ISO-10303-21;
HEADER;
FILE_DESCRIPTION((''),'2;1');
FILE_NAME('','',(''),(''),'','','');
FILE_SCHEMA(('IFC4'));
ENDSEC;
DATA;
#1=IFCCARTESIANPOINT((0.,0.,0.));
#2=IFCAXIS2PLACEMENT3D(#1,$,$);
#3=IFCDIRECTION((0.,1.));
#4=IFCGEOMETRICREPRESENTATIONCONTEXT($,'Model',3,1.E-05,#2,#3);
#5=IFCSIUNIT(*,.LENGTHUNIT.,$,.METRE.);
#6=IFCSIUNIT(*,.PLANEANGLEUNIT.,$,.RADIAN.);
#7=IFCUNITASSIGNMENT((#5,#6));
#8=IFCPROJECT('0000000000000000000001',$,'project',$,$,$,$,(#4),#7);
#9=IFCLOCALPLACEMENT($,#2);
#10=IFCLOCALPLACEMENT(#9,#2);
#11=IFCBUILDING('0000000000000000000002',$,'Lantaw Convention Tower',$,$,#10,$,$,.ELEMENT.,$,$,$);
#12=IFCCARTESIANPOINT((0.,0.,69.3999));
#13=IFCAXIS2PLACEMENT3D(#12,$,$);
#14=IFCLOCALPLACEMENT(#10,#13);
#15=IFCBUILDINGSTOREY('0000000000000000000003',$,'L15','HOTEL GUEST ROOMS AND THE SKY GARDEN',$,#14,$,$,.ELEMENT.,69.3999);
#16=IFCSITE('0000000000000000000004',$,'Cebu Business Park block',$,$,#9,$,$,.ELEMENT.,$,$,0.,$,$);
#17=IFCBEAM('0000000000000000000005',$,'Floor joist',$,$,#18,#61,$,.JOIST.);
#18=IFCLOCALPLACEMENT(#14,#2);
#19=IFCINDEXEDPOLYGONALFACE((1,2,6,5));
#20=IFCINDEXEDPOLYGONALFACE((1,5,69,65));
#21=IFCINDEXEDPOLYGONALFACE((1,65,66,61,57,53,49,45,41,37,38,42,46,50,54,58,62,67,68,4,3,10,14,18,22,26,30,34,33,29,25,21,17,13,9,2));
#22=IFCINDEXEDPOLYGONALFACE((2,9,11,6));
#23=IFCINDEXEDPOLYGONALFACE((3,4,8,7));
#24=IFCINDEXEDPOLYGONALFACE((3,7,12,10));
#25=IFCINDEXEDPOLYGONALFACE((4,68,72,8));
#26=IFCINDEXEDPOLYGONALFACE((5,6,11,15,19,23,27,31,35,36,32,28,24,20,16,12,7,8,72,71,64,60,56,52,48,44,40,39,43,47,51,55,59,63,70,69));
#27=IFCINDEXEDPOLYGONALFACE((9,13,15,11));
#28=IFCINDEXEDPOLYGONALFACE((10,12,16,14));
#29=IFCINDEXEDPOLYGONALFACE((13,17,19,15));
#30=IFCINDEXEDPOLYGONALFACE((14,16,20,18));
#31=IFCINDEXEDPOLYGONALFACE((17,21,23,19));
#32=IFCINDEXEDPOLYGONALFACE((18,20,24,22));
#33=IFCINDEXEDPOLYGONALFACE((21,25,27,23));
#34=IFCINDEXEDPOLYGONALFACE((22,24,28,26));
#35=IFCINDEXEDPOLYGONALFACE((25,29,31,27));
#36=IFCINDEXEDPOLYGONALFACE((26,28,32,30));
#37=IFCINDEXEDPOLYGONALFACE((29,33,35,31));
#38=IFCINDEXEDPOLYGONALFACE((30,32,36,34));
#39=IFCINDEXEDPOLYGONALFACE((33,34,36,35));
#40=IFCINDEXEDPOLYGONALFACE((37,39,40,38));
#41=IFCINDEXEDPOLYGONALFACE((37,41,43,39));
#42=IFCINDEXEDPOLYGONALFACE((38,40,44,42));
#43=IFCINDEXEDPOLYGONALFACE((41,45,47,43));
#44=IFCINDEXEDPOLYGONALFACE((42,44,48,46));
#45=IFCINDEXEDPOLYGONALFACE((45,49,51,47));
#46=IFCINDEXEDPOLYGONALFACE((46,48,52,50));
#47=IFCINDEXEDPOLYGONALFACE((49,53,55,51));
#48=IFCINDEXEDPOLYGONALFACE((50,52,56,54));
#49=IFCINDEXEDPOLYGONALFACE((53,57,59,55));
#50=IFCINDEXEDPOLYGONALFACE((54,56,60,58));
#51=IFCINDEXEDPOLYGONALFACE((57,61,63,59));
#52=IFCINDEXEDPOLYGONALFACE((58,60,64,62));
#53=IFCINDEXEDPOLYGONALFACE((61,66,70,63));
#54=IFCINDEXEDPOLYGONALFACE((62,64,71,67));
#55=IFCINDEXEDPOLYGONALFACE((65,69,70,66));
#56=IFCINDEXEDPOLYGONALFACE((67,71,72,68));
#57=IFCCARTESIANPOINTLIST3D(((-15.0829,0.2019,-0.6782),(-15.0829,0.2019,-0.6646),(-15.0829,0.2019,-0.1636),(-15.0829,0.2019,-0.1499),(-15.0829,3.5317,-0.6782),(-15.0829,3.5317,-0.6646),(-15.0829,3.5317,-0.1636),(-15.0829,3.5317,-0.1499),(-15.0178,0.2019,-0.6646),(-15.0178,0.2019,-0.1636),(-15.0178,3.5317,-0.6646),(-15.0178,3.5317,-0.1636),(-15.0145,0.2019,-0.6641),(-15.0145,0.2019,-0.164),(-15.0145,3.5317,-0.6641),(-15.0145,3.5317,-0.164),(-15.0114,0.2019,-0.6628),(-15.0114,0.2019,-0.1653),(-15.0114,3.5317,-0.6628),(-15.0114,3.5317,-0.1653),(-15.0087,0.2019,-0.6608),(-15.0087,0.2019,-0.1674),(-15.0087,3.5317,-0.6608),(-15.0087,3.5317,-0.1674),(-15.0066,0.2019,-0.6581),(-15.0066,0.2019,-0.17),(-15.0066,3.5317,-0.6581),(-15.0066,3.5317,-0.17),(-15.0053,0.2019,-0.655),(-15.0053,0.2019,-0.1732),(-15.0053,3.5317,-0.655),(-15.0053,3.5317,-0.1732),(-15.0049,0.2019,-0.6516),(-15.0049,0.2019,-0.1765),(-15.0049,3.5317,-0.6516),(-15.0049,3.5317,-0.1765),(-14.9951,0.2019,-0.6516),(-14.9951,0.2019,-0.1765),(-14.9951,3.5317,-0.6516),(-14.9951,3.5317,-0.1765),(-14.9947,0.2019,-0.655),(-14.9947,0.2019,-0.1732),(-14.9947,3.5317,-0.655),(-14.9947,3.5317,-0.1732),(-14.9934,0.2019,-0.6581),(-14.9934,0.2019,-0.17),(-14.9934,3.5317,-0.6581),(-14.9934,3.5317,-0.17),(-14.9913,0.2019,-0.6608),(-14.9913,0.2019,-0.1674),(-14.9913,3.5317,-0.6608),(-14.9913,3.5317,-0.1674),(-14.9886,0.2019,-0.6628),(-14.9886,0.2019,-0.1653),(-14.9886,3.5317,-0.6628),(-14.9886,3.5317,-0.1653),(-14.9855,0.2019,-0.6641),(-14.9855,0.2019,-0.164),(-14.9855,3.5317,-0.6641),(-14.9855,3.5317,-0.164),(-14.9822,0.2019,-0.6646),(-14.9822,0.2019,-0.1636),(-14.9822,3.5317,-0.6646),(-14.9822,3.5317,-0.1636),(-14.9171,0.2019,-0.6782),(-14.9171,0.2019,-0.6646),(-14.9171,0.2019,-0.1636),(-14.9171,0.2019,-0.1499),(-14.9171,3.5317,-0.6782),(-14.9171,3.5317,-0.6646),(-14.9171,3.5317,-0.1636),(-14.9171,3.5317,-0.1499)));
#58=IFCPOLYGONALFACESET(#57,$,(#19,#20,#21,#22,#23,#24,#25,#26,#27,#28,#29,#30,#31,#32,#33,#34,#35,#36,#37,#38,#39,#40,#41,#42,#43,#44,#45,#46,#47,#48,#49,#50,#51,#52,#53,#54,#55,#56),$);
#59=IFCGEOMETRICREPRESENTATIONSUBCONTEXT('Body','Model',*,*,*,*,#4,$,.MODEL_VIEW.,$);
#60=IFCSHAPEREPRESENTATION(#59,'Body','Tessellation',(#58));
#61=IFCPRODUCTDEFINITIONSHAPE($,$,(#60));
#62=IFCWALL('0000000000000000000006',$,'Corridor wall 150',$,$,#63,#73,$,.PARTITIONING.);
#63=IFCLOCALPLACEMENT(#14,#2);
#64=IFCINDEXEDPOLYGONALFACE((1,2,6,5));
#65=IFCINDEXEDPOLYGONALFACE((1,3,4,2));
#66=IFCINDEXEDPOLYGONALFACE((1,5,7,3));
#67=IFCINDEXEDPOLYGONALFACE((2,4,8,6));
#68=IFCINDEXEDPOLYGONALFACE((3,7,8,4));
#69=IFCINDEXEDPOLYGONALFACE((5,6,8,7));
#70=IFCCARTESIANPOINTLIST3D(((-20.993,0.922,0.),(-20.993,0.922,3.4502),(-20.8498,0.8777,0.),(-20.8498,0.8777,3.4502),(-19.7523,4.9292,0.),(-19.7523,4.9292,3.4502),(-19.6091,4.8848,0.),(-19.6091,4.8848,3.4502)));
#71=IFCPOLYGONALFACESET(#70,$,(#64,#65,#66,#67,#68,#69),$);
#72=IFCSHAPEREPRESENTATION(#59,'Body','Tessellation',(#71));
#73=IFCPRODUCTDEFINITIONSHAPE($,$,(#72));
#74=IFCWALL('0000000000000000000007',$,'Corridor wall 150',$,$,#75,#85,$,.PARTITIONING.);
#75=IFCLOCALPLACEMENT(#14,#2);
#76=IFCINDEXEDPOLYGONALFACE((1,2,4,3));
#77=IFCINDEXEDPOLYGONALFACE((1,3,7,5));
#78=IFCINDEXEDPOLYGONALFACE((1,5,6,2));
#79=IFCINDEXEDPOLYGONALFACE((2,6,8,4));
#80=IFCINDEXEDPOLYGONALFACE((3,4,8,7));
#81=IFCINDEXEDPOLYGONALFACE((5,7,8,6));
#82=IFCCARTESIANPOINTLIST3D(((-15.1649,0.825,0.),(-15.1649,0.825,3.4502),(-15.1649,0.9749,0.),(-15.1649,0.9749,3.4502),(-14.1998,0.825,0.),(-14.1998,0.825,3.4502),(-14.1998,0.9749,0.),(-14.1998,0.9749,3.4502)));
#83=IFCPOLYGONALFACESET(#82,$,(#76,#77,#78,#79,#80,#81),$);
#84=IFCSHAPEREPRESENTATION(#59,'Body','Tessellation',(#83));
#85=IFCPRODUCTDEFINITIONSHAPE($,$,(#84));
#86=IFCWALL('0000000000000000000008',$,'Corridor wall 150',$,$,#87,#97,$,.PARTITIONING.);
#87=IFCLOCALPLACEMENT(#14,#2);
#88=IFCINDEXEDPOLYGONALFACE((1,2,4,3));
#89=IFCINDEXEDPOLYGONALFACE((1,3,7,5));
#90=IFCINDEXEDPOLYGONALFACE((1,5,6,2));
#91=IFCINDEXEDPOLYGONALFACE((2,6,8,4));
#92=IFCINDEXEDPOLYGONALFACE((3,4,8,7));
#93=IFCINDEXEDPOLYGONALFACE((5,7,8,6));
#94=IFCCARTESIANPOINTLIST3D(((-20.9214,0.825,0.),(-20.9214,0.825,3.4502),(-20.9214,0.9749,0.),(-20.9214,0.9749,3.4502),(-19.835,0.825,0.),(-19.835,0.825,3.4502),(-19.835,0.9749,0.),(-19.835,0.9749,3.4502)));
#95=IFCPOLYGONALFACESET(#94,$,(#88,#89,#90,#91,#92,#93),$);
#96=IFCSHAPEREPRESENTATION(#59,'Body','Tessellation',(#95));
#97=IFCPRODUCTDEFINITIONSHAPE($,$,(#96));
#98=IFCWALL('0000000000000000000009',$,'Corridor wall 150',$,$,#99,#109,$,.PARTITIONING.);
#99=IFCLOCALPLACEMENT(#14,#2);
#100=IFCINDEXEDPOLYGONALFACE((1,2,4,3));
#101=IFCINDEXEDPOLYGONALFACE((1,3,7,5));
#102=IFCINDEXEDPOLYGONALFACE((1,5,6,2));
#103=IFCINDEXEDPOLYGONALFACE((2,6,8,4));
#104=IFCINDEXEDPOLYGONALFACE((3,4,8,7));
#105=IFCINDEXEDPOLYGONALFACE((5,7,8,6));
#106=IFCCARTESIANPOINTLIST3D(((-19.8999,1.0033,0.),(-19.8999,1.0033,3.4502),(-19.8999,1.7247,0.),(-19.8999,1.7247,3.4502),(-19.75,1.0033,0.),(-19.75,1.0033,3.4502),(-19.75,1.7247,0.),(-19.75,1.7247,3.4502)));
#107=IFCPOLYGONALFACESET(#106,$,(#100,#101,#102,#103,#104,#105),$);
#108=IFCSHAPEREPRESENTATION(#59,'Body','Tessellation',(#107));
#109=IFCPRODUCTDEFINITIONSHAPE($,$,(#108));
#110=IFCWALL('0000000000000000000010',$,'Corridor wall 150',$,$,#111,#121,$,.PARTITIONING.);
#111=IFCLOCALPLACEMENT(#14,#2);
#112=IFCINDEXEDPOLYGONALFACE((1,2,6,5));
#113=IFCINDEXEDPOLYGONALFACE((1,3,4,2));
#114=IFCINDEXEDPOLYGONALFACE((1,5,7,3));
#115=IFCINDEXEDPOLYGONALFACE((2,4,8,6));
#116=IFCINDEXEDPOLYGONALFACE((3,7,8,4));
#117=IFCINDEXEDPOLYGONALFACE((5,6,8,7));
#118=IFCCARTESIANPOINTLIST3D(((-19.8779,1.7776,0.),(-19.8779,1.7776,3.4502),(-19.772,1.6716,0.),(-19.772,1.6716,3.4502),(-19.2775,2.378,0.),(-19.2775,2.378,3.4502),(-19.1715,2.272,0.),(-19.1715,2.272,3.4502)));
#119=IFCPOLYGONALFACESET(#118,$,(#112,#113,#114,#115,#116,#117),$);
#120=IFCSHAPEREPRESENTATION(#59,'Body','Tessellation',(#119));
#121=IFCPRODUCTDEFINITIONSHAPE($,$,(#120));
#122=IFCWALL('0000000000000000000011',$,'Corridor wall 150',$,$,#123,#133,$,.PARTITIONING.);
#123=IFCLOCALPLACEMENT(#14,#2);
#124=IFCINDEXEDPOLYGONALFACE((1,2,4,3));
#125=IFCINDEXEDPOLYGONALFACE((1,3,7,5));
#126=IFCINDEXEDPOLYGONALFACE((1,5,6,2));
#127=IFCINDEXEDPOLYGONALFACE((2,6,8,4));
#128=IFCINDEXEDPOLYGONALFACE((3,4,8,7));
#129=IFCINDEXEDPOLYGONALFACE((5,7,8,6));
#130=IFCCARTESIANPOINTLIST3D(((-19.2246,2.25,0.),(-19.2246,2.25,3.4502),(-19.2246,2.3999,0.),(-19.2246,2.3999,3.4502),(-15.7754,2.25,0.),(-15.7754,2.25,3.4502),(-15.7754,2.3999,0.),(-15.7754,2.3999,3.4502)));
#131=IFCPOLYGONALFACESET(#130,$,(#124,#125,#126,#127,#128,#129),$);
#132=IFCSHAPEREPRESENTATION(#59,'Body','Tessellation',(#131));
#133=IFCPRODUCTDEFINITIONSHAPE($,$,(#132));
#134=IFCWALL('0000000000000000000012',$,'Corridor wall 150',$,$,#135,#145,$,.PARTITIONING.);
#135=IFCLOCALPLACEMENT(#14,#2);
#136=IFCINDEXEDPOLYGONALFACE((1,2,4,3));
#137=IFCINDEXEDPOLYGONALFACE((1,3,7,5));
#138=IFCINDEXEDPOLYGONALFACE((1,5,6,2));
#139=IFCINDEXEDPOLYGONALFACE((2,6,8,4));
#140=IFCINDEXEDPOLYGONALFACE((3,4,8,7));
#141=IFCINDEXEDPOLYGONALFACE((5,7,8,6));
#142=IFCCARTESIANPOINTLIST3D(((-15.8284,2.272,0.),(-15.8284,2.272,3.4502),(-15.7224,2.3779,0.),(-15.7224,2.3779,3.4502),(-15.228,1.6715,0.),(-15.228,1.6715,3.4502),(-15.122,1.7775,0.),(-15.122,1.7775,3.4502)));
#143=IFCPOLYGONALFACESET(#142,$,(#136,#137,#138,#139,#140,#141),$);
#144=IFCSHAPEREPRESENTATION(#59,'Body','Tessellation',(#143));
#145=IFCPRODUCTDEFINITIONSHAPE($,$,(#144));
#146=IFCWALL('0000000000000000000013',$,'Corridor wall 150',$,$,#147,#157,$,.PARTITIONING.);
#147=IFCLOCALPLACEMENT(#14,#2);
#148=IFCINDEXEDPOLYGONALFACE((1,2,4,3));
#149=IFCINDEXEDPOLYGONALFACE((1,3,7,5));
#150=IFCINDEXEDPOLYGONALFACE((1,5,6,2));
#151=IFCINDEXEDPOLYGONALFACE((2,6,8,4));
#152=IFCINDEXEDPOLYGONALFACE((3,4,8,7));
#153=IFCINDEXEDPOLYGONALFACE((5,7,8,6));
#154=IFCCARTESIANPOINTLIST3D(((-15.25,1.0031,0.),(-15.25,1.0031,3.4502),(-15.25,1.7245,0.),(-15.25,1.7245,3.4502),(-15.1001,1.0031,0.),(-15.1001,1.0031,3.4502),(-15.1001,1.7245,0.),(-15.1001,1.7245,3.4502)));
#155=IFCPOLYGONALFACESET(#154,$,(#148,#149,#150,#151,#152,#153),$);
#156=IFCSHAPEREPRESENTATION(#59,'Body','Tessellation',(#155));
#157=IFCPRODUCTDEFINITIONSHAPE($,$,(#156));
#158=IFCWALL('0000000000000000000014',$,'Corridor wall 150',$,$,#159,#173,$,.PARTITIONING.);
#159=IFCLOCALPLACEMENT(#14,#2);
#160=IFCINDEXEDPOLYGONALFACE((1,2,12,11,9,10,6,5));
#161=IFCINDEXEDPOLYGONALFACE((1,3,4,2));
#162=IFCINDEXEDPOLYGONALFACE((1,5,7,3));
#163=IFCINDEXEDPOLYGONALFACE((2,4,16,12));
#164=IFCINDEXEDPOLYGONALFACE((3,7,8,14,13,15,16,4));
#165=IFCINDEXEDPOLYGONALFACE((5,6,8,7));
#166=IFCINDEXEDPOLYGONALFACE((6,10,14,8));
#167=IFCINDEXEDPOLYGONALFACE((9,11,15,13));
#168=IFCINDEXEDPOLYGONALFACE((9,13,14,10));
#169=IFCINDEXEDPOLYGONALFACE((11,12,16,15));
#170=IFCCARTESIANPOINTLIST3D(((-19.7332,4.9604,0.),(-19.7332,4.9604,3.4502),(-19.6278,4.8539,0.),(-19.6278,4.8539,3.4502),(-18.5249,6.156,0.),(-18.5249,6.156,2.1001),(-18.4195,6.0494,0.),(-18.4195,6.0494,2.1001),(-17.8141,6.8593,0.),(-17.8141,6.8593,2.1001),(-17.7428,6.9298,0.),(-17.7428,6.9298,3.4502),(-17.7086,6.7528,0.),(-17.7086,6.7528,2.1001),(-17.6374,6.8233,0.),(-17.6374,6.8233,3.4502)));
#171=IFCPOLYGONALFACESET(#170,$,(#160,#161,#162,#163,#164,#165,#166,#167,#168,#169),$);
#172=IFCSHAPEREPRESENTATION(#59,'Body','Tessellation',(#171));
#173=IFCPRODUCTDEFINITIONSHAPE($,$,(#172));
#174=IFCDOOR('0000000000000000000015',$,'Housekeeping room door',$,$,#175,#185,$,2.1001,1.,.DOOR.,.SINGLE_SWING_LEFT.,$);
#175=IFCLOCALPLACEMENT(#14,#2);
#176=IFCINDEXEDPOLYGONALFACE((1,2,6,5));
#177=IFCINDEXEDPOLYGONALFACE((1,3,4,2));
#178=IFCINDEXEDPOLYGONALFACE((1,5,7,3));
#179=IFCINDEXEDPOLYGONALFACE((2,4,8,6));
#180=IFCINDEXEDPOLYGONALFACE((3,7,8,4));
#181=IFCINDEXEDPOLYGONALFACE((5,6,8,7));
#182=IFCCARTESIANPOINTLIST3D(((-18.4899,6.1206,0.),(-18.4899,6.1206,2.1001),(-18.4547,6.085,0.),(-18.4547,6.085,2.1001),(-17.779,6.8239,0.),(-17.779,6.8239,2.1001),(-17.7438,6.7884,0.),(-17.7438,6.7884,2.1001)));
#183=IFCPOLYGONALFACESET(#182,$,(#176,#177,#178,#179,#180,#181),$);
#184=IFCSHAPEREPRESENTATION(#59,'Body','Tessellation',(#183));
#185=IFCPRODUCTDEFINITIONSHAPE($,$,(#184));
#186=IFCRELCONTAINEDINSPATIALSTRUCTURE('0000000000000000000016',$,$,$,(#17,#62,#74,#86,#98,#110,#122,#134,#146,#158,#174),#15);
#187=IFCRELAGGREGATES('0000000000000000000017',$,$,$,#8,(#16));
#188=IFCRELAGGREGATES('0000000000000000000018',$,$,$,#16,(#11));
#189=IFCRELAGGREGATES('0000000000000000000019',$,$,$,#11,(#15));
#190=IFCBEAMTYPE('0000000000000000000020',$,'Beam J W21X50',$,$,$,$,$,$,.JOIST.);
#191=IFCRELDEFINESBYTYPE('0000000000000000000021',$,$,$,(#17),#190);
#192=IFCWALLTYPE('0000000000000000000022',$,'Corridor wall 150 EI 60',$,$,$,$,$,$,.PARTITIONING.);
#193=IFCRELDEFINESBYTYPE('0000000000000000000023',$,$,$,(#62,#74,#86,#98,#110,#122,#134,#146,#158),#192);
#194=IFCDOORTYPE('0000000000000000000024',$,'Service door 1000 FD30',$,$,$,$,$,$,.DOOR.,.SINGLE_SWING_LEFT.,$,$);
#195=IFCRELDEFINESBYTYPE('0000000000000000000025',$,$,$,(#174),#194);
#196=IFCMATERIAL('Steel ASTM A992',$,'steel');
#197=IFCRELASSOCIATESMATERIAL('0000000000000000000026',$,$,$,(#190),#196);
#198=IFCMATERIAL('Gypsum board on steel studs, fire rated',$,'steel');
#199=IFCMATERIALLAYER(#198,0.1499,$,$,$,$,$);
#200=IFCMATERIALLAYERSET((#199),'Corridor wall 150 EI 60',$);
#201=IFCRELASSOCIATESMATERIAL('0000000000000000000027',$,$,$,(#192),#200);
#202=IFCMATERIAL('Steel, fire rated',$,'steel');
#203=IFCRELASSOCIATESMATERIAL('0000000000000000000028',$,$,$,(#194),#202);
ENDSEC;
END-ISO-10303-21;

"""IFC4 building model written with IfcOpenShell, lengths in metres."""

from ifc_helpers import new_model, si_unit, direction, frame, frame_2d, origin, origin_2d, place, context, subcontext, project, spatial, rectangle, i_section, extrude, material, layer, layer_set, material_profile, profile_set, type_object, element, fill, save


model = new_model("IFC4")

# Units and contexts
model_context = context("Model", 3, precision=1e-05, world=origin(), true_north=direction((0.0, 1.0)))
body_context = subcontext(model_context, "Body", "Model", "MODEL_VIEW")
ifc_project = project(units=[si_unit("LENGTHUNIT", "METRE"), si_unit("PLANEANGLEUNIT", "RADIAN")], contexts=[model_context])

# Site, building, storey
site_placement = place(None, origin())
site = spatial("IfcSite", under=ifc_project, at=site_placement, Name="Cebu Business Park block", CompositionType="ELEMENT", RefElevation=0.0)
building_placement = place(site_placement, origin())
building = spatial("IfcBuilding", under=site, at=building_placement, Name="Lantaw Convention Tower", CompositionType="ELEMENT")
storey_placement = place(building_placement, frame((0.0, 0.0, 69.3999)))
storey = spatial("IfcBuildingStorey", under=building, at=storey_placement, Name="L15", Description="HOTEL GUEST ROOMS AND THE SKY GARDEN", CompositionType="ELEMENT", Elevation=69.3999)

# Beam
ifc_material_1 = material(Name="Steel ASTM A992", Category="steel")
ifc_material_profile_1 = material_profile(ifc_material_1, i_section(OverallWidth=0.1658, OverallDepth=0.5283, WebThickness=0.0098, FlangeThickness=0.0137, FilletRadius=0.0129, at=origin_2d()), Name="W21X50")
ifc_profile_set_1 = profile_set([ifc_material_profile_1], Name="Steel ASTM A992")
beam_type_1 = type_object("IfcBeamType", Name="Beam J W21X50", PredefinedType="JOIST", material=ifc_profile_set_1)
beam_1_placement = place(storey_placement, frame((-15.0, 0.2019, -0.4141), z_axis=(0.0, 1.0, 0.0), x_axis=(-1.0, 0.0, 0.0)))
element("IfcBeam", 1, at=beam_1_placement, inside=storey, type_object=beam_type_1, Name="Floor joist", PredefinedType="JOIST", context=body_context, shape_type="SweptSolid", body=[
    extrude(i_section(OverallWidth=0.1658, OverallDepth=0.5283, WebThickness=0.0098, FlangeThickness=0.0137, FilletRadius=0.0129, at=origin_2d()), origin(), (0.0, 0.0, 1.0), 3.3298),
])

# Walls
ifc_material_2 = material(Name="Gypsum board on steel studs, fire rated", Category="steel")
ifc_layer_1 = layer(ifc_material_2, 0.1499)
ifc_layer_set_1 = layer_set([ifc_layer_1], Name="Corridor wall 150 EI 60")
wall_type_1 = type_object("IfcWallType", Name="Corridor wall 150 EI 60", PredefinedType="PARTITIONING", material=ifc_layer_set_1)
wall_1_placement = place(storey_placement, frame((-19.6807, 4.907, 0.0), z_axis=(0.0, 0.0, 1.0), x_axis=(-0.295779, -0.955257, 0.0)))
element("IfcWall", 2, at=wall_1_placement, inside=storey, type_object=wall_type_1, Name="Corridor wall 150", PredefinedType="PARTITIONING", context=body_context, shape_type="SweptSolid", body=[
    extrude(rectangle(XDim=4.1948, YDim=0.1499, at=frame_2d((2.0974, 0.0))), origin(), (0.0, 0.0, 1.0), 3.4502),
])
wall_2_placement = place(storey_placement, frame((-14.2, 0.8999, 0.0), z_axis=(0.0, 0.0, 1.0), x_axis=(-1.0, 0.0, 0.0)))
element("IfcWall", 3, at=wall_2_placement, inside=storey, type_object=wall_type_1, Name="Corridor wall 150", PredefinedType="PARTITIONING", context=body_context, shape_type="SweptSolid", body=[
    extrude(rectangle(XDim=0.9651, YDim=0.1499, at=frame_2d((0.4824, 0.0))), origin(), (0.0, 0.0, 1.0), 3.4502),
])
wall_3_placement = place(storey_placement, frame((-19.835, 0.8999, 0.0), z_axis=(0.0, 0.0, 1.0), x_axis=(-1.0, 0.0, 0.0)))
element("IfcWall", 4, at=wall_3_placement, inside=storey, type_object=wall_type_1, Name="Corridor wall 150", PredefinedType="PARTITIONING", context=body_context, shape_type="SweptSolid", body=[
    extrude(rectangle(XDim=1.0864, YDim=0.1499, at=frame_2d((0.5432, 0.0))), origin(), (0.0, 0.0, 1.0), 3.4502),
])
wall_4_placement = place(storey_placement, frame((-19.825, 1.0032, 0.0), z_axis=(0.0, 0.0, 1.0), x_axis=(0.0, 1.0, 0.0)))
element("IfcWall", 5, at=wall_4_placement, inside=storey, type_object=wall_type_1, Name="Corridor wall 150", PredefinedType="PARTITIONING", context=body_context, shape_type="SweptSolid", body=[
    extrude(rectangle(XDim=0.7214, YDim=0.1499, at=frame_2d((0.3608, 0.0))), origin(), (0.0, 0.0, 1.0), 3.4502),
])
wall_5_placement = place(storey_placement, frame((-19.825, 1.7246, 0.0), z_axis=(0.0, 0.0, 1.0), x_axis=(0.707107, 0.707107, 0.0)))
element("IfcWall", 6, at=wall_5_placement, inside=storey, type_object=wall_type_1, Name="Corridor wall 150", PredefinedType="PARTITIONING", context=body_context, shape_type="SweptSolid", body=[
    extrude(rectangle(XDim=0.8491, YDim=0.1499, at=frame_2d((0.4246, 0.0))), origin(), (0.0, 0.0, 1.0), 3.4502),
])
wall_6_placement = place(storey_placement, frame((-19.2246, 2.325, 0.0), z_axis=(0.0, 0.0, 1.0), x_axis=(1.0, 0.0, 0.0)))
element("IfcWall", 7, at=wall_6_placement, inside=storey, type_object=wall_type_1, Name="Corridor wall 150", PredefinedType="PARTITIONING", context=body_context, shape_type="SweptSolid", body=[
    extrude(rectangle(XDim=3.4492, YDim=0.1499, at=frame_2d((1.7246, 0.0))), origin(), (0.0, 0.0, 1.0), 3.4502),
])
wall_7_placement = place(storey_placement, frame((-15.7754, 2.325, 0.0), z_axis=(0.0, 0.0, 1.0), x_axis=(0.707107, -0.707107, 0.0)))
element("IfcWall", 8, at=wall_7_placement, inside=storey, type_object=wall_type_1, Name="Corridor wall 150", PredefinedType="PARTITIONING", context=body_context, shape_type="SweptSolid", body=[
    extrude(rectangle(XDim=0.8491, YDim=0.1499, at=frame_2d((0.4246, 0.0))), origin(), (0.0, 0.0, 1.0), 3.4502),
])
wall_8_placement = place(storey_placement, frame((-15.175, 1.7246, 0.0), z_axis=(0.0, 0.0, 1.0), x_axis=(0.0, -1.0, 0.0)))
element("IfcWall", 9, at=wall_8_placement, inside=storey, type_object=wall_type_1, Name="Corridor wall 150", PredefinedType="PARTITIONING", context=body_context, shape_type="SweptSolid", body=[
    extrude(rectangle(XDim=0.7214, YDim=0.1499, at=frame_2d((0.3608, 0.0))), origin(), (0.0, 0.0, 1.0), 3.4502),
])

# Wall, opening, door
wall_9_placement = place(storey_placement, frame((-17.6902, 6.8765, 0.0), z_axis=(0.0, 0.0, 1.0), x_axis=(-0.710846, -0.703348, 0.0)))
wall_9 = element("IfcWall", 10, at=wall_9_placement, inside=storey, type_object=wall_type_1, Name="Corridor wall 150", PredefinedType="PARTITIONING", context=body_context, shape_type="SweptSolid", body=[
    extrude(rectangle(XDim=2.8, YDim=0.1499, at=frame_2d((1.3999, 0.0))), origin(), (0.0, 0.0, 1.0), 3.4502),
])
opening_1_placement = place(wall_9_placement, frame((0.1001, 0.0, 0.0)))
opening_1 = element("IfcOpeningElement", 11, at=opening_1_placement, cuts=wall_9, PredefinedType="OPENING", context=body_context, shape_type="SweptSolid", body=[
    extrude(rectangle(XDim=1.0, YDim=2.1001, at=frame_2d((0.5, 1.05))), frame((0.0, 0.085, 0.0), z_axis=(0.0, -1.0, 0.0), x_axis=(1.0, 0.0, 0.0)), (0.0, 0.0, 1.0), 0.1699),
])
ifc_material_3 = material(Name="Steel, fire rated", Category="steel")
door_type_1 = type_object("IfcDoorType", Name="Service door 1000 FD30", OperationType="SINGLE_SWING_LEFT", PredefinedType="DOOR", material=ifc_material_3)
door_1_placement = place(opening_1_placement, origin())
door_1 = element("IfcDoor", 12, at=door_1_placement, inside=storey, type_object=door_type_1, Name="Housekeeping room door", OperationType="SINGLE_SWING_LEFT", OverallHeight=2.1001, OverallWidth=1.0, PredefinedType="DOOR", context=body_context, shape_type="SweptSolid", body=[
    extrude(rectangle(XDim=1.0, YDim=2.1001, at=frame_2d((0.5, 1.05))), frame((0.0, 0.0249, 0.0), z_axis=(0.0, -1.0, 0.0), x_axis=(1.0, 0.0, 0.0)), (0.0, 0.0, 1.0), 0.05),
])
fill(opening_1, door_1)

save(model, "model.ifc")
